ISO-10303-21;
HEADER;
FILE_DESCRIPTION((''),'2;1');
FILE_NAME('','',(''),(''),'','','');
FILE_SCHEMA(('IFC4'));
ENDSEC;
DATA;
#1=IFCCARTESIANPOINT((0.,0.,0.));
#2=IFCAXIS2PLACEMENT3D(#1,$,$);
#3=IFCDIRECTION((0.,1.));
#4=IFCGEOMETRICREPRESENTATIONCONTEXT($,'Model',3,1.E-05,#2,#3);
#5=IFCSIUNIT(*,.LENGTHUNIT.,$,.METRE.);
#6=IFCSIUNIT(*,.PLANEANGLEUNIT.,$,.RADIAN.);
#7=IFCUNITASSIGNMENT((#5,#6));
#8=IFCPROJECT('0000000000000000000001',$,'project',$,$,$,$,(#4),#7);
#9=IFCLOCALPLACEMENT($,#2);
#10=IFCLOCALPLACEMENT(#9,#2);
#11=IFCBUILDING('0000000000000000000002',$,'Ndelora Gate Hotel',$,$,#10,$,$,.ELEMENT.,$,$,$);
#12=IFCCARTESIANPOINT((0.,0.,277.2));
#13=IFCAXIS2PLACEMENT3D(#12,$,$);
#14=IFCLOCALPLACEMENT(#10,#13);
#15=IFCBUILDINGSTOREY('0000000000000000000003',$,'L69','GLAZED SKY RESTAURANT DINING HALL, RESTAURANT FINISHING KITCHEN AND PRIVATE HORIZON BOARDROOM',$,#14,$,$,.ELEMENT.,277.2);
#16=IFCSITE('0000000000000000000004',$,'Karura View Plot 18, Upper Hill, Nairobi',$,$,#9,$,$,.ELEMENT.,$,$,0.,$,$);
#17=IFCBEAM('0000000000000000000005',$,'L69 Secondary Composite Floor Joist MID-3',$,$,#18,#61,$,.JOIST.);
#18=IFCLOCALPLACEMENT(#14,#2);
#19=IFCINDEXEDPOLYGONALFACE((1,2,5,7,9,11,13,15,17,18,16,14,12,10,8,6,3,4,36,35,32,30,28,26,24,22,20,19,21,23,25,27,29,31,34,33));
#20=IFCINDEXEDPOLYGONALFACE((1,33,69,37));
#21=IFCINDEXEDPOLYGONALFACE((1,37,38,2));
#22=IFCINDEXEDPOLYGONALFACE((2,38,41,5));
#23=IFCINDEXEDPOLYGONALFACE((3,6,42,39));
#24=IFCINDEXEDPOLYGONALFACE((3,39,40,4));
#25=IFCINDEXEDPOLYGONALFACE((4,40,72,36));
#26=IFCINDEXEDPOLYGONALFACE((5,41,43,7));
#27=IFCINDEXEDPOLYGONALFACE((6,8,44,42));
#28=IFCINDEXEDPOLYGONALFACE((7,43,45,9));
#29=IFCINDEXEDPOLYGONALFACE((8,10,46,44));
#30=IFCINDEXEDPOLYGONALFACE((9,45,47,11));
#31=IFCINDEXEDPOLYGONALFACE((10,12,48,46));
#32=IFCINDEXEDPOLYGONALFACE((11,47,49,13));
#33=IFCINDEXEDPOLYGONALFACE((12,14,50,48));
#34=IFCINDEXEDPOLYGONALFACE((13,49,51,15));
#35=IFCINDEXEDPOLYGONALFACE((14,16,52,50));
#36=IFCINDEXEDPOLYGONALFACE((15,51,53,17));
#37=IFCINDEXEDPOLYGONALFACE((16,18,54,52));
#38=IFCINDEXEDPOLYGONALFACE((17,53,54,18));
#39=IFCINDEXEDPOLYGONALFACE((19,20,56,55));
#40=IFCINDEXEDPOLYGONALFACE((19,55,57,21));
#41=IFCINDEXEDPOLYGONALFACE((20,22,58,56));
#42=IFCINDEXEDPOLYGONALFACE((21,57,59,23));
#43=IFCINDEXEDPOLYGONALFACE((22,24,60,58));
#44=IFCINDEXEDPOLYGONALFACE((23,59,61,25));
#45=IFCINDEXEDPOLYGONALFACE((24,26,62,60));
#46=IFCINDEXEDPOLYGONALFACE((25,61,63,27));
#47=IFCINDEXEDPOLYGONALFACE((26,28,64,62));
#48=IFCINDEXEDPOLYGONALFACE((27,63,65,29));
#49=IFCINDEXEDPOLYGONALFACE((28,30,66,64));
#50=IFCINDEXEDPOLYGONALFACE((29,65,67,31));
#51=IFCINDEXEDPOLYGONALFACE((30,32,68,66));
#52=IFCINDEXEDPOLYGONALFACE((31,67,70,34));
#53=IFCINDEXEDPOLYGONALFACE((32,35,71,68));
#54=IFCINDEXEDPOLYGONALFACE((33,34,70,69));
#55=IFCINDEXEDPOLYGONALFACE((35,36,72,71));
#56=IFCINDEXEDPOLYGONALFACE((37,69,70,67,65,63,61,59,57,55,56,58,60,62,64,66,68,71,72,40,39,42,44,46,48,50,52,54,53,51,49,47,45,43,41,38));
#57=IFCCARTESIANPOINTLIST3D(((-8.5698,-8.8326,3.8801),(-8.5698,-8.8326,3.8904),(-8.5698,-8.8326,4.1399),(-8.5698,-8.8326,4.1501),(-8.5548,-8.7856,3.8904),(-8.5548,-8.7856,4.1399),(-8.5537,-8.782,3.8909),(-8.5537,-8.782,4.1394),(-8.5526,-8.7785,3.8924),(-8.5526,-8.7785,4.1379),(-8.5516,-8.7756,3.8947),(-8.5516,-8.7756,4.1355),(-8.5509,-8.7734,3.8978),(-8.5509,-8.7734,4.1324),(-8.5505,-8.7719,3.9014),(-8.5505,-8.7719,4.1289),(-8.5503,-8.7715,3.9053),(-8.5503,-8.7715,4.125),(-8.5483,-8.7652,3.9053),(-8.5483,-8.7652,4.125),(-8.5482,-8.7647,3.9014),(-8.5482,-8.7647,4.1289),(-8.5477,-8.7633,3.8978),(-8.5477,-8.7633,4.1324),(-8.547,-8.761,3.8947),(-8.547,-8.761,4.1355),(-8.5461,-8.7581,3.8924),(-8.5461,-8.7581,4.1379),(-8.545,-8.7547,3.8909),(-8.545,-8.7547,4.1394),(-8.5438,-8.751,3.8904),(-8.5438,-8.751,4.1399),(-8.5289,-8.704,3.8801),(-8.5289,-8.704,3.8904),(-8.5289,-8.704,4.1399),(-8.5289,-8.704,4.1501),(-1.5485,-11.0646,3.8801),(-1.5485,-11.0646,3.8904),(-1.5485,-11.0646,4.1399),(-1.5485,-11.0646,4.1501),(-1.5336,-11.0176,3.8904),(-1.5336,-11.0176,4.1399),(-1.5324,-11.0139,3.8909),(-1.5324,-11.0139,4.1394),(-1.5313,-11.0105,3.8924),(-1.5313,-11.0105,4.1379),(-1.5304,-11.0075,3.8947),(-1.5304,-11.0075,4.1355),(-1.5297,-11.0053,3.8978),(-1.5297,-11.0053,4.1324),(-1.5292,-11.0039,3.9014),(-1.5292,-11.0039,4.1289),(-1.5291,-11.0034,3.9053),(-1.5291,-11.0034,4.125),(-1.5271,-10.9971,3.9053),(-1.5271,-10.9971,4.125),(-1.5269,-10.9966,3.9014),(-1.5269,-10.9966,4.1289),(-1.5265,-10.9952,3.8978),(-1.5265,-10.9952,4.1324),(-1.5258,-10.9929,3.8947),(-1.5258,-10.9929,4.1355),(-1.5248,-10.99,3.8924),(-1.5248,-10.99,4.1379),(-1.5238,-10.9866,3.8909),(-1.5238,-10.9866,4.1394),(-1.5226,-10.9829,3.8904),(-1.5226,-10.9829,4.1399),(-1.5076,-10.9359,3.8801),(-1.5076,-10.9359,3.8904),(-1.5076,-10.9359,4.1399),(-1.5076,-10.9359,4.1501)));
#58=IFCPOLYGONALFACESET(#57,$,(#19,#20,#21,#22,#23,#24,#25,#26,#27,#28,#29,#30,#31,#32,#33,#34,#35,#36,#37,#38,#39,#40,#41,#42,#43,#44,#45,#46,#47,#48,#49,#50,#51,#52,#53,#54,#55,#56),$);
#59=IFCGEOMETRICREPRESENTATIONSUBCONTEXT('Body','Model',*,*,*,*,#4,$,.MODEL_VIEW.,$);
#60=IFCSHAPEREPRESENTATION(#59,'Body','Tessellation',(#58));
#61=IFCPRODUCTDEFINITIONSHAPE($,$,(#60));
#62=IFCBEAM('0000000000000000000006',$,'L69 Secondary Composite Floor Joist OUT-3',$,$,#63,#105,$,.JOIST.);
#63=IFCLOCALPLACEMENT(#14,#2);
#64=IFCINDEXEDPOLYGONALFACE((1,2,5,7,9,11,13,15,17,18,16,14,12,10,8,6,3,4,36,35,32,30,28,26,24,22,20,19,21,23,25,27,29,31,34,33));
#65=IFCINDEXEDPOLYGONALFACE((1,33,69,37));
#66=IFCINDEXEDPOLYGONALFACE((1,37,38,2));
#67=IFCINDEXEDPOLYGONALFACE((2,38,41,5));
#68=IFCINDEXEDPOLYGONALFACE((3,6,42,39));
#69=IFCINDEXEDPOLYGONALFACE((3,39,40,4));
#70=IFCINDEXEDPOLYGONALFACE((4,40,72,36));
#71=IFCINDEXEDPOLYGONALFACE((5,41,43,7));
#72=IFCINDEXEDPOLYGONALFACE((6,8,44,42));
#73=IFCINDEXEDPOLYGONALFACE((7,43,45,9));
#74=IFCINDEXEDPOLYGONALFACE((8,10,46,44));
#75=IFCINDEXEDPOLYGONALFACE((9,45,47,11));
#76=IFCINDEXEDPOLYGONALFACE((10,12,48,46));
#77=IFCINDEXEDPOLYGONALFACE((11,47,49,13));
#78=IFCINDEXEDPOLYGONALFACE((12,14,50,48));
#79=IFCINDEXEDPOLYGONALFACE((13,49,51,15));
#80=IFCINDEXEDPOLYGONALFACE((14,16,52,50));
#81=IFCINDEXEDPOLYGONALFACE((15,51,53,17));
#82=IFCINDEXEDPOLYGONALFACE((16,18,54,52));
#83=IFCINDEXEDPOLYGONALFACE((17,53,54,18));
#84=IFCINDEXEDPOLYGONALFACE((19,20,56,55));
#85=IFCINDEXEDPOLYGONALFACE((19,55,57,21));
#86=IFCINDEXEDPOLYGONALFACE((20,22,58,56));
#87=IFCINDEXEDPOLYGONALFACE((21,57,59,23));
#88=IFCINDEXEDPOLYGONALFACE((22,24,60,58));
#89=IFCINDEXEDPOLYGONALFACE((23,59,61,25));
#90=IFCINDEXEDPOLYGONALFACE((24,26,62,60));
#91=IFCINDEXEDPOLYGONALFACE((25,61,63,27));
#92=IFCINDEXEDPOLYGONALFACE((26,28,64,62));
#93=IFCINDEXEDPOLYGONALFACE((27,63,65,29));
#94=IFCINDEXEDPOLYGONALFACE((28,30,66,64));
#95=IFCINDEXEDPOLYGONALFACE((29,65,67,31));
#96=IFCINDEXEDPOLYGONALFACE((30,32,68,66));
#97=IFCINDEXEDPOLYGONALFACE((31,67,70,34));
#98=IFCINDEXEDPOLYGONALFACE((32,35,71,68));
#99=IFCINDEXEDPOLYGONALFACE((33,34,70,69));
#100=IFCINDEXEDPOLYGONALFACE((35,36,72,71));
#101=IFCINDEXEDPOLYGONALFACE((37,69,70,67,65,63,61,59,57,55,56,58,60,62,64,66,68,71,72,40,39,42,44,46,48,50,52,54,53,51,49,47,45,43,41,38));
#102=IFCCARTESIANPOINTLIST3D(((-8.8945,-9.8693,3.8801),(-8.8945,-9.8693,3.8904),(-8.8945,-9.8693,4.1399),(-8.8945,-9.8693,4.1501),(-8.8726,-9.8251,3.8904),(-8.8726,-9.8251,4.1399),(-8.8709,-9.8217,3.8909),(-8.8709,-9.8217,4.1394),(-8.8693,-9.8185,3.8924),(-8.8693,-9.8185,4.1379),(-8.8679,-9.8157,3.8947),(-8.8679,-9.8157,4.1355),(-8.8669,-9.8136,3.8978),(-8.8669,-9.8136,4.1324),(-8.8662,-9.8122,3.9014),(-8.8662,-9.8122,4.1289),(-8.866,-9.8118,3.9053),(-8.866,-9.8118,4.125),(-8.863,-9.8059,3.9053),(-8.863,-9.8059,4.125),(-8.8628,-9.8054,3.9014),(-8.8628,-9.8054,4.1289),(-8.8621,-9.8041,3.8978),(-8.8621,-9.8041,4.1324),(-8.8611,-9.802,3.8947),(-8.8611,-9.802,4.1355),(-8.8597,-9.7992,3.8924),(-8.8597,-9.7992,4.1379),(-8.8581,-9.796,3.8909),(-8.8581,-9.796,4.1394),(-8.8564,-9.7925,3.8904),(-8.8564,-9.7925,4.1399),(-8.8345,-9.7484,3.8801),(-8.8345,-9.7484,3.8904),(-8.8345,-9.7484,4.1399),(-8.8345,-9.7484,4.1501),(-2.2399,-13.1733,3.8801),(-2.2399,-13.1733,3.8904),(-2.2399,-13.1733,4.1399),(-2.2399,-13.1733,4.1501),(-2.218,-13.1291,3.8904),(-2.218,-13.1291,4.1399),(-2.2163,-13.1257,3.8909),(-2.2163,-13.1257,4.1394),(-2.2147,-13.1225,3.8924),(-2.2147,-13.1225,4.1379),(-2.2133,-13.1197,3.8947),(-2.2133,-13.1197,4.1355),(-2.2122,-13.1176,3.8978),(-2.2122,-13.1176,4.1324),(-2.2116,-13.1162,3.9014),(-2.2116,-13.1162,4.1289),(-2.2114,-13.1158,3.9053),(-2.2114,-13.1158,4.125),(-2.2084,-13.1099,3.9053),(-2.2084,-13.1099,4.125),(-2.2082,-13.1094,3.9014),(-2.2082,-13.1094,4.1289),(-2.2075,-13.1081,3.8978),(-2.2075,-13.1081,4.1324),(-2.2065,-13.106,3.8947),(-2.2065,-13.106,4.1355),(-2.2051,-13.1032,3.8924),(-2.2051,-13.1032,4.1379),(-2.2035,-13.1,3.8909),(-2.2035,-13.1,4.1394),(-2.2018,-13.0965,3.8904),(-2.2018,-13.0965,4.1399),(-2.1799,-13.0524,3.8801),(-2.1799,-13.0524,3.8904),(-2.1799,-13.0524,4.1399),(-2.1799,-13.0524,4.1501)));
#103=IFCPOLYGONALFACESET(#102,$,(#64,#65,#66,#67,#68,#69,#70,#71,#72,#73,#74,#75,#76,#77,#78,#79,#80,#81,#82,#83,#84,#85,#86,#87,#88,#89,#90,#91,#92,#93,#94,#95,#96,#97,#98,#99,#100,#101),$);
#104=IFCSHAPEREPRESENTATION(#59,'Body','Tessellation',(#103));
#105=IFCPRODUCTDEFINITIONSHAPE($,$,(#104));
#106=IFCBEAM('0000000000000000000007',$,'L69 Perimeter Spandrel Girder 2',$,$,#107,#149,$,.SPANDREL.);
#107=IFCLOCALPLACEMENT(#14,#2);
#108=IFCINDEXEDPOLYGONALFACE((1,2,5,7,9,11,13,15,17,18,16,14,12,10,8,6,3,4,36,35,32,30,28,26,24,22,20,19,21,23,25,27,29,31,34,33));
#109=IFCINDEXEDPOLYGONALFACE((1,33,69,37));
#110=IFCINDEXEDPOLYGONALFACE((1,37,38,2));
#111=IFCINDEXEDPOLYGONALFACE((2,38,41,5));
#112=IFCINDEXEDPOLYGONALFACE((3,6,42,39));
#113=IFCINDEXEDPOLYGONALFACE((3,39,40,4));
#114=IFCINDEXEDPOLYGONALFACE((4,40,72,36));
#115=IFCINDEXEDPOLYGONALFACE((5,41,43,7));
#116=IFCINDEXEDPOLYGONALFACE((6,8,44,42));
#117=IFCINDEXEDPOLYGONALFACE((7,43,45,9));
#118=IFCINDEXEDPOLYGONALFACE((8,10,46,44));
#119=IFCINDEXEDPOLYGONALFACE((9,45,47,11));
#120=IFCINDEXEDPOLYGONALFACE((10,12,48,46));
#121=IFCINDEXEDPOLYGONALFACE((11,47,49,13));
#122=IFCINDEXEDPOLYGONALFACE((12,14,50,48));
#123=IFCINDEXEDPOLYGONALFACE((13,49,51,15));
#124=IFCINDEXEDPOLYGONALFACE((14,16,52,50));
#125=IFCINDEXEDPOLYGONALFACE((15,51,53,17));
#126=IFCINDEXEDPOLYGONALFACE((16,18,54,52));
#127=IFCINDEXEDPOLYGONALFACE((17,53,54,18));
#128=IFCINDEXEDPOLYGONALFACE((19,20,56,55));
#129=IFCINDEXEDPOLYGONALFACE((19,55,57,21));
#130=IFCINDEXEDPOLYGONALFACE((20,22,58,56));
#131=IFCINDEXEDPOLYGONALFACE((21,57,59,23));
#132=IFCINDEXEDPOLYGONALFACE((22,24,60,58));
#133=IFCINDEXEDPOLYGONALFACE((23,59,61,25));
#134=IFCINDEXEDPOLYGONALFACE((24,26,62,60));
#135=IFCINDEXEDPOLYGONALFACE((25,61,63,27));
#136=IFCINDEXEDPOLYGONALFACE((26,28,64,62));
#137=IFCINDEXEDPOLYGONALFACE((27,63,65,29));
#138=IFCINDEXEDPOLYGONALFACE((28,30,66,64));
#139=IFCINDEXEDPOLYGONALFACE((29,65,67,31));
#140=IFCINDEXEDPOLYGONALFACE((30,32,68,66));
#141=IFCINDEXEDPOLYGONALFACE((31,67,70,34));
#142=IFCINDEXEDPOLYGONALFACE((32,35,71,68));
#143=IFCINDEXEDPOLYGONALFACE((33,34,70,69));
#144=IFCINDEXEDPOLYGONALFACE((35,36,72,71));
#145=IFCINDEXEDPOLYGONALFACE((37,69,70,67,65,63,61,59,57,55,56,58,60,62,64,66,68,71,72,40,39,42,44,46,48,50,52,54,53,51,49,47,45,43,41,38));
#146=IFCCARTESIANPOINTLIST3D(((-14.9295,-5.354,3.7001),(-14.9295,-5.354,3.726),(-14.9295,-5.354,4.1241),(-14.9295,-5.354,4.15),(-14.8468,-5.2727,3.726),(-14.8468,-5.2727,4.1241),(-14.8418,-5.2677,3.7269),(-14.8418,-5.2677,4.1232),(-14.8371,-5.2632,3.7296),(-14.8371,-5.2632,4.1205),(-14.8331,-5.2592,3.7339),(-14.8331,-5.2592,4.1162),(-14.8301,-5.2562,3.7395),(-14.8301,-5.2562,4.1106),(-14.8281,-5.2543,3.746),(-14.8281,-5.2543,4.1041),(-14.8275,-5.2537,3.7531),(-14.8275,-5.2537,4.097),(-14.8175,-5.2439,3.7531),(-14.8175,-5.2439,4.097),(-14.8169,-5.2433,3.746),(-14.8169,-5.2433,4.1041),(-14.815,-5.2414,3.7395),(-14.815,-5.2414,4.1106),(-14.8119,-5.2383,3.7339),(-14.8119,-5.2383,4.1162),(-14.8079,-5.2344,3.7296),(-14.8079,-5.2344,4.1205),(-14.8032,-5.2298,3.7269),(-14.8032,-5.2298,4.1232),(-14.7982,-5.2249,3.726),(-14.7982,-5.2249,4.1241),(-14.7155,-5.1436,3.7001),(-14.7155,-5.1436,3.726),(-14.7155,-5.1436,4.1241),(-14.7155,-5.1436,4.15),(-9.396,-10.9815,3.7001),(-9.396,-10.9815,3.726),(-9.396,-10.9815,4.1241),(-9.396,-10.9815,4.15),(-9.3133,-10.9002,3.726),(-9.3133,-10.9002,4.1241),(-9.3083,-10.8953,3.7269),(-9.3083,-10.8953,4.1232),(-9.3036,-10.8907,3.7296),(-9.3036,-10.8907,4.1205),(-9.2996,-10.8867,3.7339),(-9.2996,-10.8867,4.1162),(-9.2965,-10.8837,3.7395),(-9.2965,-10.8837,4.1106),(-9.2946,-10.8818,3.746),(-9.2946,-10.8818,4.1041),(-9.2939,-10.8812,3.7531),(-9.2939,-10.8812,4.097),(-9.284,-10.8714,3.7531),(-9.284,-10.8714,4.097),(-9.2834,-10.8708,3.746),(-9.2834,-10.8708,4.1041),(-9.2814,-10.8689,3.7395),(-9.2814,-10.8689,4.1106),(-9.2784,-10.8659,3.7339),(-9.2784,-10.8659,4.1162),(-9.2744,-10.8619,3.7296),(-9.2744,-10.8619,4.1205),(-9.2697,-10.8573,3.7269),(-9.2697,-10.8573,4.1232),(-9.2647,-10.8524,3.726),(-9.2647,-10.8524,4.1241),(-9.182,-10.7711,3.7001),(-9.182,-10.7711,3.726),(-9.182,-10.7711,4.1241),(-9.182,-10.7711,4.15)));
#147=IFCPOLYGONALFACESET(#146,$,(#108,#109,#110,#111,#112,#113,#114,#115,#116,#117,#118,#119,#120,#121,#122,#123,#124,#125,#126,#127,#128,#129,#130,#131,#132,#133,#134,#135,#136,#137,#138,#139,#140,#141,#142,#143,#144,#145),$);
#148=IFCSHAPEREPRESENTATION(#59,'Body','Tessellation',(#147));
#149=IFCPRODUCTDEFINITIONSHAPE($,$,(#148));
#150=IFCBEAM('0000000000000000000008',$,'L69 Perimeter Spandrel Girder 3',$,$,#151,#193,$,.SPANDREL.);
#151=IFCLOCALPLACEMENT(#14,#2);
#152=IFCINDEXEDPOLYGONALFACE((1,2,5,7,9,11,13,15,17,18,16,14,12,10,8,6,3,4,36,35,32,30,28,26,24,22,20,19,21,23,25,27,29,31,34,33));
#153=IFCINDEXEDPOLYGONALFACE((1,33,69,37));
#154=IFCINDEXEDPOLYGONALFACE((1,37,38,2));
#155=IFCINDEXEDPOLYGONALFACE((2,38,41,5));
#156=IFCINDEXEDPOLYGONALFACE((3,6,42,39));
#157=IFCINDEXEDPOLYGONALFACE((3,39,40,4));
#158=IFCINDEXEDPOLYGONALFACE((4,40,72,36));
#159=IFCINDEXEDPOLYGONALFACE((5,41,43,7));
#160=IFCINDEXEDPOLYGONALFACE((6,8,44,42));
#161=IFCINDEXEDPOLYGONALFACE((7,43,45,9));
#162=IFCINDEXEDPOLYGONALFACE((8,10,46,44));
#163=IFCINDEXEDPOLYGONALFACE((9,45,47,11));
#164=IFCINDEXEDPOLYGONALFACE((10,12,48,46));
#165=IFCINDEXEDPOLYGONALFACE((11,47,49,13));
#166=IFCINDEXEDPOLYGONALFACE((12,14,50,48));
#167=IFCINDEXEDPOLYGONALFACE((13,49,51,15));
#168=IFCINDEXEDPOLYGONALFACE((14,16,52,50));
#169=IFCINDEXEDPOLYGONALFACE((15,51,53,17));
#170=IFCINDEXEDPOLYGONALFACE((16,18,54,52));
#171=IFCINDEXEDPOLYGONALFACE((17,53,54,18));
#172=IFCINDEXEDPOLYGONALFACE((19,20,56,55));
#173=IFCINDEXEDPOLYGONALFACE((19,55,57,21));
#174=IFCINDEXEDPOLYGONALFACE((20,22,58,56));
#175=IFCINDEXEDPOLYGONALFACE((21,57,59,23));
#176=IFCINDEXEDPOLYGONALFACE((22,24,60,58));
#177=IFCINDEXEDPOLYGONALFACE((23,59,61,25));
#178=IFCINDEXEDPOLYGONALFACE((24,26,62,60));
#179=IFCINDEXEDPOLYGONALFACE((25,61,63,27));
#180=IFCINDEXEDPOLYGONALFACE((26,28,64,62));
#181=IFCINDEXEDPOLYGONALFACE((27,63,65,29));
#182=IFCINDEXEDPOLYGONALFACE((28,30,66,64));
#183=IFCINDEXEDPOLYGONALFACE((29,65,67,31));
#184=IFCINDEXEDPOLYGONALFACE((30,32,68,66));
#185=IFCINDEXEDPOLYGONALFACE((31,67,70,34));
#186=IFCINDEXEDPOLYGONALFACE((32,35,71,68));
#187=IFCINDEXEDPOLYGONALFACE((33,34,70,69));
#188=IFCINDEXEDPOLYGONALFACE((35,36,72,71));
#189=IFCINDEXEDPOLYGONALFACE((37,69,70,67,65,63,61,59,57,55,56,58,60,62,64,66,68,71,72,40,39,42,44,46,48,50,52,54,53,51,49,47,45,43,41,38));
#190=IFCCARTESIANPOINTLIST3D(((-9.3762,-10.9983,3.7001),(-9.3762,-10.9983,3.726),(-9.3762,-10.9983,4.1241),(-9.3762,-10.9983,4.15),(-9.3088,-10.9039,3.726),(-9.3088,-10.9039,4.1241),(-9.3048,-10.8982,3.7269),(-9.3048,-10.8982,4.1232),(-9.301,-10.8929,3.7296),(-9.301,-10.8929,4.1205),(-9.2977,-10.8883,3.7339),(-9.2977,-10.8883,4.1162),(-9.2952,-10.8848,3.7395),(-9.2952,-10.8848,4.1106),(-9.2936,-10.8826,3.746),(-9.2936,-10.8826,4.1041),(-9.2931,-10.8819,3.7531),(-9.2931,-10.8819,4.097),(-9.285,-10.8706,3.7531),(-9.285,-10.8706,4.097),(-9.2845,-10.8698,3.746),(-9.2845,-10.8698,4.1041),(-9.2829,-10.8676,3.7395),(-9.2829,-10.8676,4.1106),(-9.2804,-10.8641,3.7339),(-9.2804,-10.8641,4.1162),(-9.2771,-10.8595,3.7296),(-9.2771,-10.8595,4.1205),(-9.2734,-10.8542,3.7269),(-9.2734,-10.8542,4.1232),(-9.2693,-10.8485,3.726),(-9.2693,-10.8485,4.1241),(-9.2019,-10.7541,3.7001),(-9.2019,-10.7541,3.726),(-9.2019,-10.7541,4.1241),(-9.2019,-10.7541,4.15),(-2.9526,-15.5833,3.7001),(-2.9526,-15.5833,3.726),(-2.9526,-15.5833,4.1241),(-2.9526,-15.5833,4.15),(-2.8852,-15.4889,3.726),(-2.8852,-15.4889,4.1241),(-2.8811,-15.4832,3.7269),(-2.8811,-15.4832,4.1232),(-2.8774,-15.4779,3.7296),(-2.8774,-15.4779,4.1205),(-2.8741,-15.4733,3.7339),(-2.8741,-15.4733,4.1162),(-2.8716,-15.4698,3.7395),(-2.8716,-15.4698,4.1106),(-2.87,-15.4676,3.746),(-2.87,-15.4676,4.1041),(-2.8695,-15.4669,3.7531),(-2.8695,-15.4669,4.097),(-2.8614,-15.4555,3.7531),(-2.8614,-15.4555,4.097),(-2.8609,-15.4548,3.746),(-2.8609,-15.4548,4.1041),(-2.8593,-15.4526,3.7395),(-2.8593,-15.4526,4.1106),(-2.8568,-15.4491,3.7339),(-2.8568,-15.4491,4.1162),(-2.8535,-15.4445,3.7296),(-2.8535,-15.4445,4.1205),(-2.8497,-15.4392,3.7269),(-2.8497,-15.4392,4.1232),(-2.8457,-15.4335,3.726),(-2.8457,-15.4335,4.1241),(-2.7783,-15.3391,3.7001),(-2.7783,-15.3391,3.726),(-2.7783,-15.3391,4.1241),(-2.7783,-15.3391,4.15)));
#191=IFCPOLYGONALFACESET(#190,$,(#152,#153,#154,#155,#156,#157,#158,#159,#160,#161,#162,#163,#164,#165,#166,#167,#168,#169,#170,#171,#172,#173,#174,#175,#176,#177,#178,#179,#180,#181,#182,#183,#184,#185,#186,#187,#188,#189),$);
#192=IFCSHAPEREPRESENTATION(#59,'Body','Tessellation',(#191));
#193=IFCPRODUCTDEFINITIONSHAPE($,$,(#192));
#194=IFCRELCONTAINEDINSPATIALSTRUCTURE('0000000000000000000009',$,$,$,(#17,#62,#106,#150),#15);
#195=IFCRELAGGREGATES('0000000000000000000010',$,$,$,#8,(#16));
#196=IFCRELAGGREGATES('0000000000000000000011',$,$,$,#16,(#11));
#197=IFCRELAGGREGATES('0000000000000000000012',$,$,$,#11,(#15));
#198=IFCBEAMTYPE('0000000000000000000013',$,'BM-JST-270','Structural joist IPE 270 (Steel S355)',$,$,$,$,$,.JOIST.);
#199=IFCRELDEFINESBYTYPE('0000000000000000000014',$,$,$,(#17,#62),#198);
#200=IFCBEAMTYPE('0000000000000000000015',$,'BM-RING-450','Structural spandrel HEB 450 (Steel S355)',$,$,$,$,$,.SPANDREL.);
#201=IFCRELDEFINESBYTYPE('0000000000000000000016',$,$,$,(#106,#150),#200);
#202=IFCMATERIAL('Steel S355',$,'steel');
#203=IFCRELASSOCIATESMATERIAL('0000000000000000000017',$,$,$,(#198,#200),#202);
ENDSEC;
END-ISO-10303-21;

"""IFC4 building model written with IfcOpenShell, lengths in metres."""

from ifc_helpers import new_model, si_unit, direction, frame, origin, origin_2d, place, context, subcontext, project, spatial, i_section, extrude, material, material_profile, profile_set, type_object, element, save


model = new_model("IFC4")

# Units and contexts
model_context = context("Model", 3, precision=1e-05, world=origin(), true_north=direction((0.0, 1.0)))
body_context = subcontext(model_context, "Body", "Model", "MODEL_VIEW")
ifc_project = project(units=[si_unit("LENGTHUNIT", "METRE"), si_unit("PLANEANGLEUNIT", "RADIAN")], contexts=[model_context])

# Site, building, storey
site_placement = place(None, origin())
site = spatial("IfcSite", under=ifc_project, at=site_placement, Name="Karura View Plot 18, Upper Hill, Nairobi", CompositionType="ELEMENT", RefElevation=0.0)
building_placement = place(site_placement, origin())
building = spatial("IfcBuilding", under=site, at=building_placement, Name="Ndelora Gate Hotel", CompositionType="ELEMENT")
storey_placement = place(building_placement, frame((0.0, 0.0, 277.2)))
storey = spatial("IfcBuildingStorey", under=building, at=storey_placement, Name="L69", Description="GLAZED SKY RESTAURANT DINING HALL, RESTAURANT FINISHING KITCHEN AND PRIVATE HORIZON BOARDROOM", CompositionType="ELEMENT", Elevation=277.2)

# Beams
ifc_material_1 = material(Name="Steel S355", Category="steel")
ifc_material_profile_1 = material_profile(ifc_material_1, i_section(OverallWidth=0.135, OverallDepth=0.27, WebThickness=0.0066, FlangeThickness=0.0103, FilletRadius=0.0149, at=origin_2d()), Name="IPE 270")
ifc_profile_set_1 = profile_set([ifc_material_profile_1], Name="Steel S355")
beam_type_1 = type_object("IfcBeamType", Name="BM-JST-270", Description="Structural joist IPE 270 (Steel S355)", PredefinedType="JOIST", material=ifc_profile_set_1)
beam_1_placement = place(storey_placement, frame((-8.5493, -8.7683, 4.0151), z_axis=(0.953008, -0.302945, 0.0), x_axis=(0.302945, 0.953008, 0.0)))
element("IfcBeam", 1, at=beam_1_placement, inside=storey, type_object=beam_type_1, Name="L69 Secondary Composite Floor Joist MID-3", PredefinedType="JOIST", context=body_context, shape_type="SweptSolid", body=[
    extrude(i_section(OverallWidth=0.135, OverallDepth=0.27, WebThickness=0.0066, FlangeThickness=0.0103, FilletRadius=0.0149, at=origin_2d()), origin(), (0.0, 0.0, 1.0), 7.3674),
])
beam_2_placement = place(storey_placement, frame((-8.8645, -9.8088, 4.0151), z_axis=(0.895679, -0.444701, 0.0), x_axis=(0.444701, 0.895679, 0.0)))
element("IfcBeam", 2, at=beam_2_placement, inside=storey, type_object=beam_type_1, Name="L69 Secondary Composite Floor Joist OUT-3", PredefinedType="JOIST", context=body_context, shape_type="SweptSolid", body=[
    extrude(i_section(OverallWidth=0.135, OverallDepth=0.27, WebThickness=0.0066, FlangeThickness=0.0103, FilletRadius=0.0149, at=origin_2d()), origin(), (0.0, 0.0, 1.0), 7.4297),
])
ifc_material_profile_2 = material_profile(ifc_material_1, i_section(OverallWidth=0.3, OverallDepth=0.45, WebThickness=0.0139, FlangeThickness=0.0259, FilletRadius=0.0271, at=origin_2d()), Name="HEB 450")
ifc_profile_set_2 = profile_set([ifc_material_profile_2], Name="Steel S355")
beam_type_2 = type_object("IfcBeamType", Name="BM-RING-450", Description="Structural spandrel HEB 450 (Steel S355)", PredefinedType="SPANDREL", material=ifc_profile_set_2)
beam_3_placement = place(storey_placement, frame((-14.8225, -5.2488, 3.925), z_axis=(0.701127, -0.713037, 0.0), x_axis=(0.713037, 0.701127, 0.0)))
element("IfcBeam", 3, at=beam_3_placement, inside=storey, type_object=beam_type_2, Name="L69 Perimeter Spandrel Girder 2", PredefinedType="SPANDREL", context=body_context, shape_type="SweptSolid", body=[
    extrude(i_section(OverallWidth=0.3, OverallDepth=0.45, WebThickness=0.0139, FlangeThickness=0.0259, FilletRadius=0.0271, at=origin_2d()), origin(), (0.0, 0.0, 1.0), 7.8923),
])
beam_4_placement = place(storey_placement, frame((-9.2891, -10.8762, 3.925), z_axis=(0.813932, -0.58096, 0.0), x_axis=(0.58096, 0.813932, 0.0)))
element("IfcBeam", 4, at=beam_4_placement, inside=storey, type_object=beam_type_2, Name="L69 Perimeter Spandrel Girder 3", PredefinedType="SPANDREL", context=body_context, shape_type="SweptSolid", body=[
    extrude(i_section(OverallWidth=0.3, OverallDepth=0.45, WebThickness=0.0139, FlangeThickness=0.0259, FilletRadius=0.0271, at=origin_2d()), origin(), (0.0, 0.0, 1.0), 7.8921),
])

save(model, "model.ifc")
